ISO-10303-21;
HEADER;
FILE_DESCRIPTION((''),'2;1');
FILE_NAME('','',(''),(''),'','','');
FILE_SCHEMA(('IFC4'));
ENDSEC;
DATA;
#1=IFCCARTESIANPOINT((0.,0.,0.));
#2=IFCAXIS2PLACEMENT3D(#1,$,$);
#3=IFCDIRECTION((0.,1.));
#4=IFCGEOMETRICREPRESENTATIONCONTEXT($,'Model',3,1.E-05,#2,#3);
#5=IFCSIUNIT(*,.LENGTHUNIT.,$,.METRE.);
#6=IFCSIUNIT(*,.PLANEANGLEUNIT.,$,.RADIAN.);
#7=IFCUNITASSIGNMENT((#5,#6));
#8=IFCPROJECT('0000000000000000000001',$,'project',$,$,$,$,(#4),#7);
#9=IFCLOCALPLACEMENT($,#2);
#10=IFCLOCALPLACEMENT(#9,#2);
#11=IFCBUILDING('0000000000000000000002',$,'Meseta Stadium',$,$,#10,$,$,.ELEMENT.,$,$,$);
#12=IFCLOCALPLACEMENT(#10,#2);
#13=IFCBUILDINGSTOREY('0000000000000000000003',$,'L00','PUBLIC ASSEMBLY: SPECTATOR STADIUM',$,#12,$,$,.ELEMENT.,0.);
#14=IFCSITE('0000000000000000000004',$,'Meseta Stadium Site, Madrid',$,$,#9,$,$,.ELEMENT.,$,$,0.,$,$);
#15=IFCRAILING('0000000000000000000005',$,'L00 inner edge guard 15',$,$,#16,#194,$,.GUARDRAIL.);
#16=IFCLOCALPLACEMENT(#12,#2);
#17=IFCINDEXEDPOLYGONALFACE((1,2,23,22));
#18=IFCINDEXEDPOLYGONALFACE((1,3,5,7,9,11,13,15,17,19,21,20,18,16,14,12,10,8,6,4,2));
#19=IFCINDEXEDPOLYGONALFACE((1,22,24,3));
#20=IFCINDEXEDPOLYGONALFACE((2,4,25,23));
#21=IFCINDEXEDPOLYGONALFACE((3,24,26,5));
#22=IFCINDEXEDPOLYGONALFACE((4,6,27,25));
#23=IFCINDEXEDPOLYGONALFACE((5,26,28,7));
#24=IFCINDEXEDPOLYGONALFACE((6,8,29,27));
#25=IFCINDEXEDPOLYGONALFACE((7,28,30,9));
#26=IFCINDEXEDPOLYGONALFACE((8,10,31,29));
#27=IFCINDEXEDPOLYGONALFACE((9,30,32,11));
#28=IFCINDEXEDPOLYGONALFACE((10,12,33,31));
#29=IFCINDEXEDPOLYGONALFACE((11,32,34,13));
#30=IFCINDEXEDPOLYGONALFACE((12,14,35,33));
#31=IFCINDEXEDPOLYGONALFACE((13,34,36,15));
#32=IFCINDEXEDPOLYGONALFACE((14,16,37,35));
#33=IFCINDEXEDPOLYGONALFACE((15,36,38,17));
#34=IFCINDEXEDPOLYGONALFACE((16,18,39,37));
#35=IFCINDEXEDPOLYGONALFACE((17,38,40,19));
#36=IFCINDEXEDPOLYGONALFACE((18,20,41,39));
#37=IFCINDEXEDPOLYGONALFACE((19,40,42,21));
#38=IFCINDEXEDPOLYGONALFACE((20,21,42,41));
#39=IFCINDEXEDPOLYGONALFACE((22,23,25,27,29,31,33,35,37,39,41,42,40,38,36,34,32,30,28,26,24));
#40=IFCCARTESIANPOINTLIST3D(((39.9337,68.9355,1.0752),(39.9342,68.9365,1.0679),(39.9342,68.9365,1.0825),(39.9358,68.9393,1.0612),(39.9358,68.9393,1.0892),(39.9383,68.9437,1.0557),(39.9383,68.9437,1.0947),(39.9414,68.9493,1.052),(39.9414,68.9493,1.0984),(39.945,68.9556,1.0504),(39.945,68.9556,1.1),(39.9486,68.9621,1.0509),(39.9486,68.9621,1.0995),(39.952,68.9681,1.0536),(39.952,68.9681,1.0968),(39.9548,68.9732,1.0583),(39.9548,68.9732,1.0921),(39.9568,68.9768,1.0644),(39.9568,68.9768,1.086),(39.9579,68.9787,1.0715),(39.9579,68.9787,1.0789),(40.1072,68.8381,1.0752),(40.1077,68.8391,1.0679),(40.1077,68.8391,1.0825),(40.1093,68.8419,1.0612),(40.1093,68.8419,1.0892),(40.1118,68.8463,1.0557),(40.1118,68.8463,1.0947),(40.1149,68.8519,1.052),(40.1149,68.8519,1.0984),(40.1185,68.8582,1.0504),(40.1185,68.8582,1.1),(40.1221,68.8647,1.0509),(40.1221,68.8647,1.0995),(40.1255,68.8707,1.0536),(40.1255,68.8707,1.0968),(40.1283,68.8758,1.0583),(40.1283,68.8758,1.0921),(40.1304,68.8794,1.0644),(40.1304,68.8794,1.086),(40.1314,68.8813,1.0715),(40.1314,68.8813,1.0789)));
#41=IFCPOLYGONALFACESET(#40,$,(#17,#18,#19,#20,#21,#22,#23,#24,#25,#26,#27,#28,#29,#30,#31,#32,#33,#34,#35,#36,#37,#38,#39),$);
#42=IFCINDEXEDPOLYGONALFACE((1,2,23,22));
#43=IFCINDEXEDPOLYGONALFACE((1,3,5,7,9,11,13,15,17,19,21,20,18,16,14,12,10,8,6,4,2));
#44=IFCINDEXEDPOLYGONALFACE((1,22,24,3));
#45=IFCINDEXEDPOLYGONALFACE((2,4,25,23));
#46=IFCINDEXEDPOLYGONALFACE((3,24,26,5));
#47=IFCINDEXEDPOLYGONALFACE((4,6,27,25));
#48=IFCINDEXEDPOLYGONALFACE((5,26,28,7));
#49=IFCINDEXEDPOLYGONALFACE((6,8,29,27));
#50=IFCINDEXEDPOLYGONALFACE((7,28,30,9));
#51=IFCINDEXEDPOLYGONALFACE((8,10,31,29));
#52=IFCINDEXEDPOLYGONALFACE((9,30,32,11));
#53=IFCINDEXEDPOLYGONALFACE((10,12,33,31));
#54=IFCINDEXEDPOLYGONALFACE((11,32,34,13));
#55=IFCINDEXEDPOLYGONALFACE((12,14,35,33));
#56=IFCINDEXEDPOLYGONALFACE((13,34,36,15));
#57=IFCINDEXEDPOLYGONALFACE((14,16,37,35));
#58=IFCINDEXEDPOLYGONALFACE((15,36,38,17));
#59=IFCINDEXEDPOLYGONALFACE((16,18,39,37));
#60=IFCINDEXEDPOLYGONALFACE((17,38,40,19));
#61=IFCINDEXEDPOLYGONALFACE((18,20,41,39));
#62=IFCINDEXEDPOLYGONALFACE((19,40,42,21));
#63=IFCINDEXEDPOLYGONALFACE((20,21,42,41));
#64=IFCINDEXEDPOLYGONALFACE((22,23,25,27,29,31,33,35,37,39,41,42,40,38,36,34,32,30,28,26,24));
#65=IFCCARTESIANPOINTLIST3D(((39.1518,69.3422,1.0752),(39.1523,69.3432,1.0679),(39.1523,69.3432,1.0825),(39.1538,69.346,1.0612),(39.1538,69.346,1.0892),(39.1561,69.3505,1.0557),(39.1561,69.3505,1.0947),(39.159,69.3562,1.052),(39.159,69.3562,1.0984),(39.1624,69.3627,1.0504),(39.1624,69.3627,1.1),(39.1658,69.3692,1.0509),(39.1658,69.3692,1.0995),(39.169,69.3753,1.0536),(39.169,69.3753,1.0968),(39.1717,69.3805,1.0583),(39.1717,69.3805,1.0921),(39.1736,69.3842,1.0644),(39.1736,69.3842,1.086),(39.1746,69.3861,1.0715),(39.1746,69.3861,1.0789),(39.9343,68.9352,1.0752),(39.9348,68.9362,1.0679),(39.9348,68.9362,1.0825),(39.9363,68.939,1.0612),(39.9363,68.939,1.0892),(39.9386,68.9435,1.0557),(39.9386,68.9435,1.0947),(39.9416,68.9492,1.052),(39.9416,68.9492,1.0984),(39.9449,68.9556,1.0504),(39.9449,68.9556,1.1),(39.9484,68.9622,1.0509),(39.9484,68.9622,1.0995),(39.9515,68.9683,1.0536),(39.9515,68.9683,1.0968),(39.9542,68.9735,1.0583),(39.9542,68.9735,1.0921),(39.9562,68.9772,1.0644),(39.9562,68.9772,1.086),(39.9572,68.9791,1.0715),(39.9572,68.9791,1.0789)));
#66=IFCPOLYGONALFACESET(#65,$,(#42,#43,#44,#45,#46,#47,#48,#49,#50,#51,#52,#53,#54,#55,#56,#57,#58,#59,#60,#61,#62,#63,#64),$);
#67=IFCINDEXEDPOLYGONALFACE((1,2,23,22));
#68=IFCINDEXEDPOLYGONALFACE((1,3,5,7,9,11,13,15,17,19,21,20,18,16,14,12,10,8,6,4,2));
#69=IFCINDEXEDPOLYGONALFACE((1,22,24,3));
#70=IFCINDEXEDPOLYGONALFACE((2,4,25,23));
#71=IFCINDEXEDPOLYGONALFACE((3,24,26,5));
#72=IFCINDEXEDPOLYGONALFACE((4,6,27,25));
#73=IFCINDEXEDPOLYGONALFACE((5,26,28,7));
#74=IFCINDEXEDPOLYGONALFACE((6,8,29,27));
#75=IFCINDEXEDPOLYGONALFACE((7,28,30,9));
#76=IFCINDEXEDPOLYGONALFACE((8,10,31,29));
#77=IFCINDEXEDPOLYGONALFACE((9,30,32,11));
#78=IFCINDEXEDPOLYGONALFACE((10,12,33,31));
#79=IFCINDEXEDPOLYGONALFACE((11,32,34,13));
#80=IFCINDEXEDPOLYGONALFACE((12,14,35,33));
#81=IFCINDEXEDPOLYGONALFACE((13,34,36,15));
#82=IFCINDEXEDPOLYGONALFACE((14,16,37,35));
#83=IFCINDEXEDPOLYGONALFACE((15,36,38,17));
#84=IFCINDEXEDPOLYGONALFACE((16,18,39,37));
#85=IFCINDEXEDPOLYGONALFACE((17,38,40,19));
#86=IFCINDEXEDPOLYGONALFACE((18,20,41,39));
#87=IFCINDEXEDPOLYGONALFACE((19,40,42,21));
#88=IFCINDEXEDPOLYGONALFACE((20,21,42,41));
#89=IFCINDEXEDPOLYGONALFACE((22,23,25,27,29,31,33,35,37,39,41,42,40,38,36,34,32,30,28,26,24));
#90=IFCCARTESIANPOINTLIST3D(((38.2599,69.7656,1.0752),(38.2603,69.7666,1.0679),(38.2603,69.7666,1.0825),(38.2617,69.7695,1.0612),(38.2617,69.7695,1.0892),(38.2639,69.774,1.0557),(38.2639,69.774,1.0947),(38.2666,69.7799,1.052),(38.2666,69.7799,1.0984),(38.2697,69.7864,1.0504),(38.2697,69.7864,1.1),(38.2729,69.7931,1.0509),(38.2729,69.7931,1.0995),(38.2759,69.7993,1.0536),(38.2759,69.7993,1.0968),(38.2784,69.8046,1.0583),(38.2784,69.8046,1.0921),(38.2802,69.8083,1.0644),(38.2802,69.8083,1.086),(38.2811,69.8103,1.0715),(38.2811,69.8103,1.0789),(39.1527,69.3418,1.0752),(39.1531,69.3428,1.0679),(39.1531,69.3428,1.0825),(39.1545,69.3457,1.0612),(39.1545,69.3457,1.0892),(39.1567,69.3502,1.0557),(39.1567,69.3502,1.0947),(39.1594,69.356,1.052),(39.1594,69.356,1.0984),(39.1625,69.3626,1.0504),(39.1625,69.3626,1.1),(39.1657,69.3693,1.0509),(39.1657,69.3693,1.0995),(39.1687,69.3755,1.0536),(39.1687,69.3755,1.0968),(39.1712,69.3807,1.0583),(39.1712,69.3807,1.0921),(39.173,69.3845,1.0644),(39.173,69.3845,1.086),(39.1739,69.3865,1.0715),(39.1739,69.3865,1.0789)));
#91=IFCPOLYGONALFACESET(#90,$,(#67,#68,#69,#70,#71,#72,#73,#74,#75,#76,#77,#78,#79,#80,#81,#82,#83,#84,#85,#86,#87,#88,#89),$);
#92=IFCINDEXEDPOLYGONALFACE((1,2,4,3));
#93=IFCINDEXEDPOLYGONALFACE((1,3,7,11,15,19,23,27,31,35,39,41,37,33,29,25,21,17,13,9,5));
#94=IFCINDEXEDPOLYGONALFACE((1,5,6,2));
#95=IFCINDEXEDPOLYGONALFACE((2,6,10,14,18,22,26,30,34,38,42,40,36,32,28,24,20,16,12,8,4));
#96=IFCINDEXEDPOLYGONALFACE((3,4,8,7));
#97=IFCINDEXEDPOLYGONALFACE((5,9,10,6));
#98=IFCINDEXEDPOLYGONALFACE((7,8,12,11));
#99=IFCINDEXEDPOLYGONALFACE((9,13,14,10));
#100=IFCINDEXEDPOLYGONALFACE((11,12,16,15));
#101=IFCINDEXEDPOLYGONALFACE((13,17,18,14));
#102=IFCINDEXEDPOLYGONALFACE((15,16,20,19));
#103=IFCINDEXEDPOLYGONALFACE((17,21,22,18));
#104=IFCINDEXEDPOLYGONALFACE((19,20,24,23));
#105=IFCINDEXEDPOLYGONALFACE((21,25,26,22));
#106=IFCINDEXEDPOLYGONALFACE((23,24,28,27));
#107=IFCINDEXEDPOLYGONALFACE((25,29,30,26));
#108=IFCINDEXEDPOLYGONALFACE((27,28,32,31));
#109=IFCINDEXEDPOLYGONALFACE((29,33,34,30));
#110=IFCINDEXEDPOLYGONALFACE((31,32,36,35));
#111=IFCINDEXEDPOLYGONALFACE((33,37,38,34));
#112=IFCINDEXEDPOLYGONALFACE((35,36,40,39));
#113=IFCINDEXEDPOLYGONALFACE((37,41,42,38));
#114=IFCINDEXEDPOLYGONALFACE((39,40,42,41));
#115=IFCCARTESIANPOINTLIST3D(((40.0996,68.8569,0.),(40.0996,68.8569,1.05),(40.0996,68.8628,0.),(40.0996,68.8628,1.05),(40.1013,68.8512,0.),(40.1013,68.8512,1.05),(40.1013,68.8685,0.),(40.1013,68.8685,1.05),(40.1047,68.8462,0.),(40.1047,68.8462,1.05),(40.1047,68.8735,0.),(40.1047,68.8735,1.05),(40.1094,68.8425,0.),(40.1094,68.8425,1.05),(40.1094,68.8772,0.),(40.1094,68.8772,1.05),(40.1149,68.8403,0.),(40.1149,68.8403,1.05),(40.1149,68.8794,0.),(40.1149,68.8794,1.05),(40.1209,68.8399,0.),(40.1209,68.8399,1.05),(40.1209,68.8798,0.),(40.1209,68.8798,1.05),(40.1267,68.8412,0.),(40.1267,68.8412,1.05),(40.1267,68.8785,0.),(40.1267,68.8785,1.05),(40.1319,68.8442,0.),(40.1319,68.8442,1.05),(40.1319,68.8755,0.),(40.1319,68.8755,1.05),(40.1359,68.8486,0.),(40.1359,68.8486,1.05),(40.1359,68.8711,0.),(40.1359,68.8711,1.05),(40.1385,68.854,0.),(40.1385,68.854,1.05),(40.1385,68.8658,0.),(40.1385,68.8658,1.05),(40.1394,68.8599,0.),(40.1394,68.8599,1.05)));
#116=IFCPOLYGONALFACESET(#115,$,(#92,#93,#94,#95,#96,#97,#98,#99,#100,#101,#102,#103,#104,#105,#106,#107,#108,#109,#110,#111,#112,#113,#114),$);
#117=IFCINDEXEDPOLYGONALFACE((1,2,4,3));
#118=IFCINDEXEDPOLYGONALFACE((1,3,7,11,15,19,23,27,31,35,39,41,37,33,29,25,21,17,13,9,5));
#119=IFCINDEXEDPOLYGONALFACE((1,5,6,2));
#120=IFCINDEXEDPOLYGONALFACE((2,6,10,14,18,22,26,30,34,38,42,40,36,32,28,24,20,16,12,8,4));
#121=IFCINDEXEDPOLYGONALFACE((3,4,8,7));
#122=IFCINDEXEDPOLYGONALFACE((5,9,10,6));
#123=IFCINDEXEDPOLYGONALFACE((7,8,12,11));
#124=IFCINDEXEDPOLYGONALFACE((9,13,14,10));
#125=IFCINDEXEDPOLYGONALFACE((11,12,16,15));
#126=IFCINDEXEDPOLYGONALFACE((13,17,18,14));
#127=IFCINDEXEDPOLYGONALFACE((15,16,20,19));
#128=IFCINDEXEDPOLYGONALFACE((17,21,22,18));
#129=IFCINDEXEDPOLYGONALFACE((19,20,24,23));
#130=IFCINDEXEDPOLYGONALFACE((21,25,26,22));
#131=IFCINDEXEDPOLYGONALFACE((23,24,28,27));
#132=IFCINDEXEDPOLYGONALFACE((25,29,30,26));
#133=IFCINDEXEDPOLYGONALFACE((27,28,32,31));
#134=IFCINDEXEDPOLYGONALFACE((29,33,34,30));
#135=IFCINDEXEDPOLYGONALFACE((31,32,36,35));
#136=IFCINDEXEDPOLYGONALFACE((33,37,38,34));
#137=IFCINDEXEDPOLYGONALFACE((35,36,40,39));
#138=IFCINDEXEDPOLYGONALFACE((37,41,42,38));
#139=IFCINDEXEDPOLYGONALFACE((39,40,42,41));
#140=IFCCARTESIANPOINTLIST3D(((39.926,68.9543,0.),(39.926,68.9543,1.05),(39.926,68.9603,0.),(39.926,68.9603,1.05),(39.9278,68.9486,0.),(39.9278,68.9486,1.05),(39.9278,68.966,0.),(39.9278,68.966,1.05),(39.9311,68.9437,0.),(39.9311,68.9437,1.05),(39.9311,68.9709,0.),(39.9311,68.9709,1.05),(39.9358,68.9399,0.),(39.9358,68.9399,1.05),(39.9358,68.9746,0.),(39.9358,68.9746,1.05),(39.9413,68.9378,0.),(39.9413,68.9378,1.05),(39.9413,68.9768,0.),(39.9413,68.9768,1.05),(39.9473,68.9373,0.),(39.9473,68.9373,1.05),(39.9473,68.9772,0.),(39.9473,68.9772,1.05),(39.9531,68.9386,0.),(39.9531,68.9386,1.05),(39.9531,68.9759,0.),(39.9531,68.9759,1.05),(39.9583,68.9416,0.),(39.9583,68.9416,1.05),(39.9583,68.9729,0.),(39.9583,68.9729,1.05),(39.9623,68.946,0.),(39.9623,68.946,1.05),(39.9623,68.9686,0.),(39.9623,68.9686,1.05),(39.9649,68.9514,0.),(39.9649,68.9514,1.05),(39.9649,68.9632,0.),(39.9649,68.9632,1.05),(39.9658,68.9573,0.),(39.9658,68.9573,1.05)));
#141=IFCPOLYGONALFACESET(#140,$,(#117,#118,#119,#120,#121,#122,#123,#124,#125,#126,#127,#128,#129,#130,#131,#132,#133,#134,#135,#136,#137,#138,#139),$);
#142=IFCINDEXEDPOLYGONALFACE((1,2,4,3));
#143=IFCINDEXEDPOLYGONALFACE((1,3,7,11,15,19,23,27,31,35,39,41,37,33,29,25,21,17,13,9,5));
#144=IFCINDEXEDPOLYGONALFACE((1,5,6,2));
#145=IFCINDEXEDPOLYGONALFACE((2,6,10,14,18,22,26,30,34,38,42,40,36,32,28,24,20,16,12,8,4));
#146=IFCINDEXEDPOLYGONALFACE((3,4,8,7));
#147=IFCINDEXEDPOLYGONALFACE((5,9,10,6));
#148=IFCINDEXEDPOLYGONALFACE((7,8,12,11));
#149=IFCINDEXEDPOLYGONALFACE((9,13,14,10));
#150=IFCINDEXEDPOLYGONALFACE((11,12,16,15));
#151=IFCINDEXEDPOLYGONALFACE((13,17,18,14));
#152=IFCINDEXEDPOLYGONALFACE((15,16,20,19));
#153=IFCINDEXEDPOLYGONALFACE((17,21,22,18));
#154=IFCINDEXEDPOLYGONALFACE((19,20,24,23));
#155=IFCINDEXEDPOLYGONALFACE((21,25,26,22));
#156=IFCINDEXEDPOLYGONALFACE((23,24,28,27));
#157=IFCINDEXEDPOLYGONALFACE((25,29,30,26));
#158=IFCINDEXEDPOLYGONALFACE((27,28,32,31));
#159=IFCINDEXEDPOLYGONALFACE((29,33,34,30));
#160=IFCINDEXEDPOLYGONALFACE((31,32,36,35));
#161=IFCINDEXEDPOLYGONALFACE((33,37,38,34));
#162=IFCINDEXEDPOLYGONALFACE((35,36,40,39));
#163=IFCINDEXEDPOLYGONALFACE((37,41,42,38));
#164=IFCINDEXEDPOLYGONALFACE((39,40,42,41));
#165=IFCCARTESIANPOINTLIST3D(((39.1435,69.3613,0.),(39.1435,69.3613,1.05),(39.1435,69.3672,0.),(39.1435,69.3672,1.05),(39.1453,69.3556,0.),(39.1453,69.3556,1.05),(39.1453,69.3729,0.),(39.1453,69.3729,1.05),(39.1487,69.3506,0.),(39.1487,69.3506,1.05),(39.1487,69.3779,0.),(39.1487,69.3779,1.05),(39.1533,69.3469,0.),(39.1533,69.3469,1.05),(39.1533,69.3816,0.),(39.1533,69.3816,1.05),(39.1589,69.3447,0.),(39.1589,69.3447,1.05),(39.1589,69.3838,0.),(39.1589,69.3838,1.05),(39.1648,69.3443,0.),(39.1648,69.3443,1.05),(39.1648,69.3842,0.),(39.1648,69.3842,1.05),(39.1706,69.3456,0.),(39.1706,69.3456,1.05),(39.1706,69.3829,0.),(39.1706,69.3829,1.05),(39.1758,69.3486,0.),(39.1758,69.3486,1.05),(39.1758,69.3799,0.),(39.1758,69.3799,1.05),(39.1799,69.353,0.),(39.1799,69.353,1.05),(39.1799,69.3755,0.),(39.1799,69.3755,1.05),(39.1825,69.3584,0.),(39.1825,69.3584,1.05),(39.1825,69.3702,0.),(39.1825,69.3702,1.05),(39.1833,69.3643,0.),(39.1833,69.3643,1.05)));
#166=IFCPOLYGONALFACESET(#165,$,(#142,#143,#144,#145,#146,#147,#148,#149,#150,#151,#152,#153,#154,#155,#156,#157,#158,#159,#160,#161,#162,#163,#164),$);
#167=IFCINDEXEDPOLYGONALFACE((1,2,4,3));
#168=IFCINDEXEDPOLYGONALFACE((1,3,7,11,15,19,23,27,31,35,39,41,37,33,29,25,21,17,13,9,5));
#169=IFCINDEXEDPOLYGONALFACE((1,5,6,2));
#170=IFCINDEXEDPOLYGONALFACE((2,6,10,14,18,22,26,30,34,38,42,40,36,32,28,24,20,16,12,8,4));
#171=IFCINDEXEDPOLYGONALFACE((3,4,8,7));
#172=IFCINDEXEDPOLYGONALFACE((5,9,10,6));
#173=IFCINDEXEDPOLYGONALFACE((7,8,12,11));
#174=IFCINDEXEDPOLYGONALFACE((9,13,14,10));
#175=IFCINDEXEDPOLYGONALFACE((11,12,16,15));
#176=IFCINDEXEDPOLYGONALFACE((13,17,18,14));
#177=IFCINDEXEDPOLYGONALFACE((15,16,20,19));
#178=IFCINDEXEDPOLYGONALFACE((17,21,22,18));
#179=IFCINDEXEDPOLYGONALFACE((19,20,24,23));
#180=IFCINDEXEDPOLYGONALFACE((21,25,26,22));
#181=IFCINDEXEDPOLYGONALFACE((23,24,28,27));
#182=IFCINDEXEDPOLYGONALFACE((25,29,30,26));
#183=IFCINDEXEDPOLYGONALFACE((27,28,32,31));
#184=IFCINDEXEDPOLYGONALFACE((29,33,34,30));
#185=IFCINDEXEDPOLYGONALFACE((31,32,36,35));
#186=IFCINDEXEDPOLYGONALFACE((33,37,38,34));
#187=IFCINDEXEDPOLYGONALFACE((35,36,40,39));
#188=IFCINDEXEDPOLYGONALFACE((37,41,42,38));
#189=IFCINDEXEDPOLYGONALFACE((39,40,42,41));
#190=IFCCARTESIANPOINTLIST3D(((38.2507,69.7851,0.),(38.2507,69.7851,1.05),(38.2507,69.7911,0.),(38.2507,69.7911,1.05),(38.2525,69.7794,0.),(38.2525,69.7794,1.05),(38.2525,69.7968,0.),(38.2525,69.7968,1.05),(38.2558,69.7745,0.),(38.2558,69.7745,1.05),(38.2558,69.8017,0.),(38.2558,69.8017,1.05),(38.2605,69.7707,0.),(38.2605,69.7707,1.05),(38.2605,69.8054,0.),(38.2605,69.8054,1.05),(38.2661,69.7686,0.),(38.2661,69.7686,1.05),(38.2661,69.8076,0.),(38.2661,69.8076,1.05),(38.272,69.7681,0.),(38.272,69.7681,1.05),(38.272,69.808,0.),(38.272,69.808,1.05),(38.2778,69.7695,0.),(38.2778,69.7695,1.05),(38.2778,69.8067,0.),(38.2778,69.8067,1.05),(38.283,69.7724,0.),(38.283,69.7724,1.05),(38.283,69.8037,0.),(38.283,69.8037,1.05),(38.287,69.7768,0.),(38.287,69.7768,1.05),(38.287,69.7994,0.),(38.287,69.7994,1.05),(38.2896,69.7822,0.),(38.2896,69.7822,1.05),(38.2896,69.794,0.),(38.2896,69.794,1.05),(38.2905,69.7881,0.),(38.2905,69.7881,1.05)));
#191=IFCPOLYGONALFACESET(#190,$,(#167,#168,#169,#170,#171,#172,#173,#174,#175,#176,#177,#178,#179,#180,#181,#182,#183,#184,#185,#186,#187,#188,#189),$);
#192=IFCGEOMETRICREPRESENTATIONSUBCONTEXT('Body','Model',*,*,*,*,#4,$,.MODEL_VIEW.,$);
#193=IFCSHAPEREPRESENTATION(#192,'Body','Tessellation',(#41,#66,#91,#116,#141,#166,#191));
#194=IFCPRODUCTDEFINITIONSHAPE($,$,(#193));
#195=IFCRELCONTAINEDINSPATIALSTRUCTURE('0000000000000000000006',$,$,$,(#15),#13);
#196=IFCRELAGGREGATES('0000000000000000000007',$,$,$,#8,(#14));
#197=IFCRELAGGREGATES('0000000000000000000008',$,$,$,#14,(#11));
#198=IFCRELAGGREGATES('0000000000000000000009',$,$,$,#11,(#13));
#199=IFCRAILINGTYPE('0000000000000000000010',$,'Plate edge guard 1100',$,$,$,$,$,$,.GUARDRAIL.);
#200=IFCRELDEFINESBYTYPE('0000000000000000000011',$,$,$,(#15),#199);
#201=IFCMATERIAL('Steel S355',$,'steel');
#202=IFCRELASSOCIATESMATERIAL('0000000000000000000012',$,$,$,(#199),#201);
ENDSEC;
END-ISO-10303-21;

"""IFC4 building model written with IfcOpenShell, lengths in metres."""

from ifc_helpers import new_model, si_unit, direction, frame, origin, origin_2d, place, context, subcontext, project, spatial, circle, extrude, material, type_object, element, save


model = new_model("IFC4")

# Units and contexts
model_context = context("Model", 3, precision=1e-05, world=origin(), true_north=direction((0.0, 1.0)))
body_context = subcontext(model_context, "Body", "Model", "MODEL_VIEW")
ifc_project = project(units=[si_unit("LENGTHUNIT", "METRE"), si_unit("PLANEANGLEUNIT", "RADIAN")], contexts=[model_context])

# Site, building, storey
site_placement = place(None, origin())
site = spatial("IfcSite", under=ifc_project, at=site_placement, Name="Meseta Stadium Site, Madrid", CompositionType="ELEMENT", RefElevation=0.0)
building_placement = place(site_placement, origin())
building = spatial("IfcBuilding", under=site, at=building_placement, Name="Meseta Stadium", CompositionType="ELEMENT")
storey_placement = place(building_placement, origin())
storey = spatial("IfcBuildingStorey", under=building, at=storey_placement, Name="L00", Description="PUBLIC ASSEMBLY: SPECTATOR STADIUM", CompositionType="ELEMENT", Elevation=0.0)

# Railing
ifc_material_1 = material(Name="Steel S355", Category="steel")
railing_type_1 = type_object("IfcRailingType", Name="Plate edge guard 1100", PredefinedType="GUARDRAIL", material=ifc_material_1)
railing_1_placement = place(storey_placement, frame((40.1194, 68.8599, 0.0)))
element("IfcRailing", 1, at=railing_1_placement, inside=storey, type_object=railing_type_1, Name="L00 inner edge guard 15", PredefinedType="GUARDRAIL", context=body_context, shape_type="SweptSolid", body=[
    extrude(circle(Radius=0.0249, at=origin_2d()), frame((0.0, 0.0, 1.0752), z_axis=(-0.872066, 0.489387, 0.0), x_axis=(-0.489387, -0.872066, 0.0)), (0.0, 0.0, 1.0), 0.199),
    extrude(circle(Radius=0.0249, at=origin_2d()), frame((-0.1736, 0.0974, 1.0752), z_axis=(-0.887171, 0.46144, 0.0), x_axis=(-0.46144, -0.887171, 0.0)), (0.0, 0.0, 1.0), 0.8821),
    extrude(circle(Radius=0.0249, at=origin_2d()), frame((-0.9561, 0.5044, 1.0752), z_axis=(-0.90338, 0.42884, 0.0), x_axis=(-0.42884, -0.90338, 0.0)), (0.0, 0.0, 1.0), 0.9883),
    extrude(circle(Radius=0.02, at=origin_2d()), origin(), (0.0, 0.0, 1.0), 1.05),
    extrude(circle(Radius=0.02, at=origin_2d()), frame((-0.1736, 0.0974, 0.0)), (0.0, 0.0, 1.0), 1.05),
    extrude(circle(Radius=0.02, at=origin_2d()), frame((-0.9561, 0.5044, 0.0)), (0.0, 0.0, 1.0), 1.05),
    extrude(circle(Radius=0.02, at=origin_2d()), frame((-1.8489, 0.9282, 0.0)), (0.0, 0.0, 1.0), 1.05),
])

save(model, "model.ifc")
